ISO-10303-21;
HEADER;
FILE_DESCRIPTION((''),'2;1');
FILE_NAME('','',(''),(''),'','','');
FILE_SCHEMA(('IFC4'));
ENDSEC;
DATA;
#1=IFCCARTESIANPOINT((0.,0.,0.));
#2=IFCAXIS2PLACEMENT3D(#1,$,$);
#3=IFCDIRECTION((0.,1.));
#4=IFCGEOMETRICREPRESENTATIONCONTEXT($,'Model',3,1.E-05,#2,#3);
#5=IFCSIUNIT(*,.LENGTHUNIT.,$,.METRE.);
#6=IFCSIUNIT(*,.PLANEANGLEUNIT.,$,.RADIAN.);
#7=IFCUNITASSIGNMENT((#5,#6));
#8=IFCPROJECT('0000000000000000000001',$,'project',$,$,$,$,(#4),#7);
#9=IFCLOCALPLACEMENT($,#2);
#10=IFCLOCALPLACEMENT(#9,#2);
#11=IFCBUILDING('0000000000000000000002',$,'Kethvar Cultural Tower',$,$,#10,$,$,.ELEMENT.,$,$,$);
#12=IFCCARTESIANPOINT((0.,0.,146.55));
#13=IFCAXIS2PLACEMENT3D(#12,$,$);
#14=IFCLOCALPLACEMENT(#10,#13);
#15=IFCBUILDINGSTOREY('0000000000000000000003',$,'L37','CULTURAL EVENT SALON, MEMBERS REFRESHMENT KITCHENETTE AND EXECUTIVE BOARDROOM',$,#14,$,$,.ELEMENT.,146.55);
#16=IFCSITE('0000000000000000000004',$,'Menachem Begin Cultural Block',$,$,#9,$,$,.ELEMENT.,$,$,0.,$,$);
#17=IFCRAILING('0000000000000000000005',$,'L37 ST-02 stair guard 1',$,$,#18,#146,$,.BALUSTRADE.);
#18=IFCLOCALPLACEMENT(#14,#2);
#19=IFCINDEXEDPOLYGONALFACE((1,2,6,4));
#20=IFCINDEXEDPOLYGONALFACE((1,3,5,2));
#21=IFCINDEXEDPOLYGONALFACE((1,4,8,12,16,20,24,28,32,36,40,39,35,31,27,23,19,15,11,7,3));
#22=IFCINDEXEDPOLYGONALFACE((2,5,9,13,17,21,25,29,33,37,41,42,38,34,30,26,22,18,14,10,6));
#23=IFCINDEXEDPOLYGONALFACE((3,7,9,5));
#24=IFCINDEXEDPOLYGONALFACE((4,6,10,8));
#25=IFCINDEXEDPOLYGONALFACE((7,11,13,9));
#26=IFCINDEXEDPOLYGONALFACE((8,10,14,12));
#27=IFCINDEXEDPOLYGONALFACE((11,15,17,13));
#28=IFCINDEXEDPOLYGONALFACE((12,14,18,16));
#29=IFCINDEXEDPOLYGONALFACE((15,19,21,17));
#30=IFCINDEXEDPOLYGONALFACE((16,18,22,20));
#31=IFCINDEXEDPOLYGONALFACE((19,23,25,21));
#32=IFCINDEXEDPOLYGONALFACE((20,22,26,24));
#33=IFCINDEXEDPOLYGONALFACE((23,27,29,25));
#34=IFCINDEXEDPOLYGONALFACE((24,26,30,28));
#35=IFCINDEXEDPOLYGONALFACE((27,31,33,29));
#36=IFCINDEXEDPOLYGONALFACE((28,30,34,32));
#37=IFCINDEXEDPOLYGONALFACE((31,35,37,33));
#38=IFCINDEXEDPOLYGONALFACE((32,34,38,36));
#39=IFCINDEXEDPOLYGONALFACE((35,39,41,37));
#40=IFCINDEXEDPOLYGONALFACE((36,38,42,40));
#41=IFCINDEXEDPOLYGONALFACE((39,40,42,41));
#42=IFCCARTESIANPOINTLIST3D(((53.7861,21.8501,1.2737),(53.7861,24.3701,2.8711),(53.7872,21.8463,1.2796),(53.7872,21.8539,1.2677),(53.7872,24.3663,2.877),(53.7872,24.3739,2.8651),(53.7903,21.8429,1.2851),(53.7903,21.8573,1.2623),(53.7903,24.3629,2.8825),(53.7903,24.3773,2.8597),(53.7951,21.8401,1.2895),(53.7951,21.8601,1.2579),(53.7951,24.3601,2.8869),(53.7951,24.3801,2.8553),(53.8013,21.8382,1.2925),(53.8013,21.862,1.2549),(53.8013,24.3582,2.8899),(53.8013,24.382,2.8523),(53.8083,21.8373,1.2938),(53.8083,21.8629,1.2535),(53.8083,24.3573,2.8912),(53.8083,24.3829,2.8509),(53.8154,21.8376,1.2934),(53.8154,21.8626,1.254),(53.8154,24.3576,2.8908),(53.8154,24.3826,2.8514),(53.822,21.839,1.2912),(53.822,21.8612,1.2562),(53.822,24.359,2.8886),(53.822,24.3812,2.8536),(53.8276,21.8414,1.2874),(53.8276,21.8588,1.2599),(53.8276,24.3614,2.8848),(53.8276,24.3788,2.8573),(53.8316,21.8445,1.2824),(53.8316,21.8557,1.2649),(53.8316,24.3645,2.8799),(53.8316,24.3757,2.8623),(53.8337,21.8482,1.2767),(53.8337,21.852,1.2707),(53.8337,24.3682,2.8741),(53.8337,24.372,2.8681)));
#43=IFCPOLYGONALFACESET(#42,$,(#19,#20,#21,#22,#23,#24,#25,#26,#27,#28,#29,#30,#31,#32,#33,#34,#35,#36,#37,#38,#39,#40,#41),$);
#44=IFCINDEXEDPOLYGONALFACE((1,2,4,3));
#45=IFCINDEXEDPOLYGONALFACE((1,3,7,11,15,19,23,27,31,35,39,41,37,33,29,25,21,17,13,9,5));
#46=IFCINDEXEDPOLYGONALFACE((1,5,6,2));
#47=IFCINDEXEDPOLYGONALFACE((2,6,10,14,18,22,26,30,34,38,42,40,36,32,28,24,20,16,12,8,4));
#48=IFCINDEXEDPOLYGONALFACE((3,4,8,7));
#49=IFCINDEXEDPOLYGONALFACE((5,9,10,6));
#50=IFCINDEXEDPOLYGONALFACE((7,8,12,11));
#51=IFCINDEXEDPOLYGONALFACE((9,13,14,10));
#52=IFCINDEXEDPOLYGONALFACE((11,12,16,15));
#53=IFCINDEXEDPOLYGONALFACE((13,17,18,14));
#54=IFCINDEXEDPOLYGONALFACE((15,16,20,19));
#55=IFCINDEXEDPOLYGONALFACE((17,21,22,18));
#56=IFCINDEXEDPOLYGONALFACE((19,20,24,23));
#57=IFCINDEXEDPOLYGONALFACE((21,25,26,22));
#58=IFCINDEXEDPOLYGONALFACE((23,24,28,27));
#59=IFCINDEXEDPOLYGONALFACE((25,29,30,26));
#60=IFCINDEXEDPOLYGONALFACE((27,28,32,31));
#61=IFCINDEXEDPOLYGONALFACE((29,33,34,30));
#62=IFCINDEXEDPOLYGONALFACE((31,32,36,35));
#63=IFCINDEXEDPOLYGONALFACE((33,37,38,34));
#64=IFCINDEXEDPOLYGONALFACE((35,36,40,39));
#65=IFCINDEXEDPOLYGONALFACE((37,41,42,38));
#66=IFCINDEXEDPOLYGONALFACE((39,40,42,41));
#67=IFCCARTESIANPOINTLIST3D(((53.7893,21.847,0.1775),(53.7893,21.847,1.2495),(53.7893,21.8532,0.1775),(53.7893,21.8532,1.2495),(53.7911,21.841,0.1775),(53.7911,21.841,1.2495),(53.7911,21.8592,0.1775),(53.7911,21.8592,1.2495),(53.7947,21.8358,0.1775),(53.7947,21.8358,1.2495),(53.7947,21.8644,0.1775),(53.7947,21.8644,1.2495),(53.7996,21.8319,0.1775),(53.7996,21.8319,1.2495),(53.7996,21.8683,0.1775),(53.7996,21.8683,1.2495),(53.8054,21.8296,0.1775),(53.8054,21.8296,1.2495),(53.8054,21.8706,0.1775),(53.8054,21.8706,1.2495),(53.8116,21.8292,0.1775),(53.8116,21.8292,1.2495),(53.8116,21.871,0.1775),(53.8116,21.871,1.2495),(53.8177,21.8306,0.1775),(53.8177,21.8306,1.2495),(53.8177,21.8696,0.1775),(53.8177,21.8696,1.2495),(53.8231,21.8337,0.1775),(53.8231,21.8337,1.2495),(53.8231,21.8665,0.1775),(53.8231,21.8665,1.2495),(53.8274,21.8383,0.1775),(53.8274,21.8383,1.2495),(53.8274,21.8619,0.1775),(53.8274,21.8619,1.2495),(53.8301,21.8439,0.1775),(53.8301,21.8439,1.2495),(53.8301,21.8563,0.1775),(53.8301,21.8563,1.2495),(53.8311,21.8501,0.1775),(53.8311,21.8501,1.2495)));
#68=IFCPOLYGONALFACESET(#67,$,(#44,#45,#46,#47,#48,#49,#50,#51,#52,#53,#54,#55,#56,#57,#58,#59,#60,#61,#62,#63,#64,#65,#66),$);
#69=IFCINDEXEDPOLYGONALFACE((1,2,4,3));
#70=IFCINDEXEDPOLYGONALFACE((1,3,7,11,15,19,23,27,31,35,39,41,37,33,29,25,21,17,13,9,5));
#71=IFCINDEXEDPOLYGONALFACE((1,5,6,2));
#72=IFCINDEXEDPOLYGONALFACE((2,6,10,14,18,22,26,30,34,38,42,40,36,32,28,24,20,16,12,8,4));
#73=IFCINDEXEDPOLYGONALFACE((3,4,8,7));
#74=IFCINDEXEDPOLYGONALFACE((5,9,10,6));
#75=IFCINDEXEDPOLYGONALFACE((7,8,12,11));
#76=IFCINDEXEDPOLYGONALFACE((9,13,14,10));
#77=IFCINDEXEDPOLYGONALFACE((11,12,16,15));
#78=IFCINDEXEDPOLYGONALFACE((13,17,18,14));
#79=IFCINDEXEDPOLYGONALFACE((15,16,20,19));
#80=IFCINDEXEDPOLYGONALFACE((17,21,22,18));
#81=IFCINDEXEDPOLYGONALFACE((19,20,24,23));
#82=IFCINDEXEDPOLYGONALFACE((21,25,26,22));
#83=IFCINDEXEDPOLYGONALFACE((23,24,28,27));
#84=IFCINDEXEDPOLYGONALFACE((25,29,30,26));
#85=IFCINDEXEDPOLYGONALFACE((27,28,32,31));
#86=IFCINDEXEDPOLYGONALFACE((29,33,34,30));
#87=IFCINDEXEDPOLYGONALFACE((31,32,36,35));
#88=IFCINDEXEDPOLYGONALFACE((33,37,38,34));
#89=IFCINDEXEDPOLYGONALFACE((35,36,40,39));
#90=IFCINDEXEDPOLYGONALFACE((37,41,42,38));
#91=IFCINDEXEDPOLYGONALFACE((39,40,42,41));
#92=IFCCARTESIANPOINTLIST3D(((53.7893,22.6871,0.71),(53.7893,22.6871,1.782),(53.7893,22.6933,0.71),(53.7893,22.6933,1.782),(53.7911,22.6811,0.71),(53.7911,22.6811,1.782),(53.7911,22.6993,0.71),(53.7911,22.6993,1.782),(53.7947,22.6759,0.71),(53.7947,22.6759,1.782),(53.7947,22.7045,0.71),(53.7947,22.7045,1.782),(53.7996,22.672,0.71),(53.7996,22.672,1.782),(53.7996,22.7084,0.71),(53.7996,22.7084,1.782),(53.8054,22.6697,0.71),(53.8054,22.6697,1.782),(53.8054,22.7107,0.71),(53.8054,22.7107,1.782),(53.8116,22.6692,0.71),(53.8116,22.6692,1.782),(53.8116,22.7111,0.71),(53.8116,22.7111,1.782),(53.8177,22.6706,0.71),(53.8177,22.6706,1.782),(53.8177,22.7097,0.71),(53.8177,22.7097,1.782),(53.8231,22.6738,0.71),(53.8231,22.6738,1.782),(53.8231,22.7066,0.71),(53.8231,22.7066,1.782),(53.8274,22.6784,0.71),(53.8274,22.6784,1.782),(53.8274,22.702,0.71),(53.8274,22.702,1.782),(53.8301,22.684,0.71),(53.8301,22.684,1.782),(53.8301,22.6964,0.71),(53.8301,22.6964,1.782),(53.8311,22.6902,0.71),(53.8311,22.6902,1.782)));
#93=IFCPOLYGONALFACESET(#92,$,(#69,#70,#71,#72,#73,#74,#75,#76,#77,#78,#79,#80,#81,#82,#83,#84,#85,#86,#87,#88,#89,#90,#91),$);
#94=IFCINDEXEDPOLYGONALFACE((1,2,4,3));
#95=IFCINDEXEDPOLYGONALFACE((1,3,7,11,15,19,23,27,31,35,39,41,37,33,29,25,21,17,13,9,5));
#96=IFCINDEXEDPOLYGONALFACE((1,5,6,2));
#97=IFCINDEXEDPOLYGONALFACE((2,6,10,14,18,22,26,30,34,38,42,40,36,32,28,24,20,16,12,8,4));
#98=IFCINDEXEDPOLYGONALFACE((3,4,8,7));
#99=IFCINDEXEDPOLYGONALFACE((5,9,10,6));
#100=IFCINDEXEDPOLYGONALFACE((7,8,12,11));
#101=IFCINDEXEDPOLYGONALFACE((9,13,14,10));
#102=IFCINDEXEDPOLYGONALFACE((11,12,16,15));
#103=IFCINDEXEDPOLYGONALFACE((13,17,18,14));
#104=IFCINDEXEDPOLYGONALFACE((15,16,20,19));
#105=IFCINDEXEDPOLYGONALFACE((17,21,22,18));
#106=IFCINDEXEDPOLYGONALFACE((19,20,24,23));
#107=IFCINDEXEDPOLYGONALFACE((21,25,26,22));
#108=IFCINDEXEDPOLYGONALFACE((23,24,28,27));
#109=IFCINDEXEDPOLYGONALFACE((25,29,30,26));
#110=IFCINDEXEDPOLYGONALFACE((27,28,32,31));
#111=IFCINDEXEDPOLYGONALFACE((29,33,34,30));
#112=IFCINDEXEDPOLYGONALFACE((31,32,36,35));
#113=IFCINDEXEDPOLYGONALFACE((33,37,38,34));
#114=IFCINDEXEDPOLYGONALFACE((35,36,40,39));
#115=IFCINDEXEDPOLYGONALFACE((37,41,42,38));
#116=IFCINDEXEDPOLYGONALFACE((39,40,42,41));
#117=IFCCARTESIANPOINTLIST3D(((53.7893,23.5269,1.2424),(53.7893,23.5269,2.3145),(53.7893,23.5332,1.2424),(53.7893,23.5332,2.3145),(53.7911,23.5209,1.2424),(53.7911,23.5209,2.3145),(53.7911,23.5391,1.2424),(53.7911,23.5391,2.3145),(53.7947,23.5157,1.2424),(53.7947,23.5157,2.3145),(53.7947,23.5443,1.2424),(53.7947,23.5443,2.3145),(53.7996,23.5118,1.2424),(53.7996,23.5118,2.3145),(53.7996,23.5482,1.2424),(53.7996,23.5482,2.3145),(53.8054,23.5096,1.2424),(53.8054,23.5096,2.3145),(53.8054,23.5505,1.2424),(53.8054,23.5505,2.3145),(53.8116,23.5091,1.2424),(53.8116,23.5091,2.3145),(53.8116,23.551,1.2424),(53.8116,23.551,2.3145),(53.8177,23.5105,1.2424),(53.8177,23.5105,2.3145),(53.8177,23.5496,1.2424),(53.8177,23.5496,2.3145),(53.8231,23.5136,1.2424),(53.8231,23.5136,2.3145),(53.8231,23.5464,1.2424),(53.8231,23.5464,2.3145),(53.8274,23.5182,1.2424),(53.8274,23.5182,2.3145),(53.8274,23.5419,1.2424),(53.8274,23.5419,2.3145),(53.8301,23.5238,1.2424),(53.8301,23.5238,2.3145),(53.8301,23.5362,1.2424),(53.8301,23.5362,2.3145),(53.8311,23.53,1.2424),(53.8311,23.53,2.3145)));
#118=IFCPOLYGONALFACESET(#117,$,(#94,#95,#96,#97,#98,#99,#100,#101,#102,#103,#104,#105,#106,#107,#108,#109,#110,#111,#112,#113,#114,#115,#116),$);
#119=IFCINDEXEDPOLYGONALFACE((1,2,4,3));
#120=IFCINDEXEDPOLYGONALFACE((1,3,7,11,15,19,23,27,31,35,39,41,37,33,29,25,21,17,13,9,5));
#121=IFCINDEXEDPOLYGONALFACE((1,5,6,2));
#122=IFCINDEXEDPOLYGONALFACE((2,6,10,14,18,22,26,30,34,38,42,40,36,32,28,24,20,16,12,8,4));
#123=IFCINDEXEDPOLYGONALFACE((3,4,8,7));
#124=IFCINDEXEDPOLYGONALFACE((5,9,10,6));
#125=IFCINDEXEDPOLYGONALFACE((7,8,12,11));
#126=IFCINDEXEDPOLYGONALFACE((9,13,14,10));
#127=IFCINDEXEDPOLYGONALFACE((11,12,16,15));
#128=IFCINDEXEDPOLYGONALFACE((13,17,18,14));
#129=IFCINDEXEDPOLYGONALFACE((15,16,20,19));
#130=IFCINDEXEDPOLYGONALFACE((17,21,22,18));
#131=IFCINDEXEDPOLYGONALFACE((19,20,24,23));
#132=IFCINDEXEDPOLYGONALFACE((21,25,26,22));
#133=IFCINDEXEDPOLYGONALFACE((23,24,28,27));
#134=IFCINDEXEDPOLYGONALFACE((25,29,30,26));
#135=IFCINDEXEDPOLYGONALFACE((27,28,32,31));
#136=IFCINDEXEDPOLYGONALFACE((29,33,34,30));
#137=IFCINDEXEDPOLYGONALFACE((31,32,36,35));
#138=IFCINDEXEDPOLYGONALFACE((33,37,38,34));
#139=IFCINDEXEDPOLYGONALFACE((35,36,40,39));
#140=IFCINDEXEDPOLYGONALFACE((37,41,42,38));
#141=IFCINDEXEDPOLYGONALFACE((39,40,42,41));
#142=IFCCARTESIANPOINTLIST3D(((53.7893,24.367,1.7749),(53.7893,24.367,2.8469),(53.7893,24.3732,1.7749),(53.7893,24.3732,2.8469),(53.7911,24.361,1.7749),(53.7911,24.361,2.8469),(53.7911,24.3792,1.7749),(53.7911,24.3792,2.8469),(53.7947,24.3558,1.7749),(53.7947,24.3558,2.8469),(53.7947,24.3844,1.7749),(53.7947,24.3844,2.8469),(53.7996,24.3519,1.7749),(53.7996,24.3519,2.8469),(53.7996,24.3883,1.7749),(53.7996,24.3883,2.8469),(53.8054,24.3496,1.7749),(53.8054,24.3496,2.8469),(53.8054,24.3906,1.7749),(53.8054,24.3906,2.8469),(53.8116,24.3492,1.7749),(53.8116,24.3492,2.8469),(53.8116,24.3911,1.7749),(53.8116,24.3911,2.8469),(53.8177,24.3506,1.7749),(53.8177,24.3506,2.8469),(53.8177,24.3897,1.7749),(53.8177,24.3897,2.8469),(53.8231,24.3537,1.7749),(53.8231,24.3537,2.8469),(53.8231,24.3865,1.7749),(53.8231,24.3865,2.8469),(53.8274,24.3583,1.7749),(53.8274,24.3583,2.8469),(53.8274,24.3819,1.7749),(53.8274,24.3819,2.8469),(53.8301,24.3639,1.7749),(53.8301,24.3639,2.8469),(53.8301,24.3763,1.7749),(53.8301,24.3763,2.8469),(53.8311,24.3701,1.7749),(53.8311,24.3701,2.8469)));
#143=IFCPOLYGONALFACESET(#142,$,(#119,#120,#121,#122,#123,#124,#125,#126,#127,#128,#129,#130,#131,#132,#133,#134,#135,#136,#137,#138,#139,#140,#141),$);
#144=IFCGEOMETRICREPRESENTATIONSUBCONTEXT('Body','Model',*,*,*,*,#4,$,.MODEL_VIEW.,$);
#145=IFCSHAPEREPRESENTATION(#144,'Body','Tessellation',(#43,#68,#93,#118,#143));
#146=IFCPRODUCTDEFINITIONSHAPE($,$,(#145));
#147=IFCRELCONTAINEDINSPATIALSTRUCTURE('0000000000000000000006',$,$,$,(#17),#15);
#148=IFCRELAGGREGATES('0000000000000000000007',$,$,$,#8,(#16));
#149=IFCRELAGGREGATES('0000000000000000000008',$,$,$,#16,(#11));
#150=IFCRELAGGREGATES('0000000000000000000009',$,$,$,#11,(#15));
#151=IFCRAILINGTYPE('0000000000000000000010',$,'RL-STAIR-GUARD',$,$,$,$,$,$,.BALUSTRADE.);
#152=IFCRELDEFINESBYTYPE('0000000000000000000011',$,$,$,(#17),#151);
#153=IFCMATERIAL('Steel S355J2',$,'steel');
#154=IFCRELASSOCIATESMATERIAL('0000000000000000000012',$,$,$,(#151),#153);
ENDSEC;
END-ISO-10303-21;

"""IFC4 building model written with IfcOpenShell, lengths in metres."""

from ifc_helpers import new_model, si_unit, direction, frame, origin, origin_2d, place, context, subcontext, project, spatial, circle, extrude, material, type_object, element, save


model = new_model("IFC4")

# Units and contexts
model_context = context("Model", 3, precision=1e-05, world=origin(), true_north=direction((0.0, 1.0)))
body_context = subcontext(model_context, "Body", "Model", "MODEL_VIEW")
ifc_project = project(units=[si_unit("LENGTHUNIT", "METRE"), si_unit("PLANEANGLEUNIT", "RADIAN")], contexts=[model_context])

# Site, building, storey
site_placement = place(None, origin())
site = spatial("IfcSite", under=ifc_project, at=site_placement, Name="Menachem Begin Cultural Block", CompositionType="ELEMENT", RefElevation=0.0)
building_placement = place(site_placement, origin())
building = spatial("IfcBuilding", under=site, at=building_placement, Name="Kethvar Cultural Tower", CompositionType="ELEMENT")
storey_placement = place(building_placement, frame((0.0, 0.0, 146.55)))
storey = spatial("IfcBuildingStorey", under=building, at=storey_placement, Name="L37", Description="CULTURAL EVENT SALON, MEMBERS REFRESHMENT KITCHENETTE AND EXECUTIVE BOARDROOM", CompositionType="ELEMENT", Elevation=146.55)

# Shared definitions
ifc_material_1 = material(Name="Steel S355J2", Category="steel")

# Railing
railing_type_1 = type_object("IfcRailingType", Name="RL-STAIR-GUARD", PredefinedType="BALUSTRADE", material=ifc_material_1)
railing_1_placement = place(storey_placement, frame((53.8101, 21.8501, 0.1775)))
element("IfcRailing", 1, at=railing_1_placement, inside=storey, type_object=railing_type_1, Name="L37 ST-02 stair guard 1", PredefinedType="BALUSTRADE", context=body_context, shape_type="SweptSolid", body=[
    extrude(circle(Radius=0.0239, at=origin_2d()), frame((0.0, 0.0, 1.0962), z_axis=(0.0, 0.844607, 0.535387), x_axis=(-1.0, 0.0, 0.0)), (0.0, 0.0, 1.0), 2.9836),
    extrude(circle(Radius=0.021, at=origin_2d()), origin(), (0.0, 0.0, 1.0), 1.072),
    extrude(circle(Radius=0.021, at=origin_2d()), frame((0.0, 0.8401, 0.5325)), (0.0, 0.0, 1.0), 1.072),
    extrude(circle(Radius=0.021, at=origin_2d()), frame((0.0, 1.6799, 1.0649)), (0.0, 0.0, 1.0), 1.072),
    extrude(circle(Radius=0.021, at=origin_2d()), frame((0.0, 2.52, 1.5974)), (0.0, 0.0, 1.0), 1.072),
])

save(model, "model.ifc")
